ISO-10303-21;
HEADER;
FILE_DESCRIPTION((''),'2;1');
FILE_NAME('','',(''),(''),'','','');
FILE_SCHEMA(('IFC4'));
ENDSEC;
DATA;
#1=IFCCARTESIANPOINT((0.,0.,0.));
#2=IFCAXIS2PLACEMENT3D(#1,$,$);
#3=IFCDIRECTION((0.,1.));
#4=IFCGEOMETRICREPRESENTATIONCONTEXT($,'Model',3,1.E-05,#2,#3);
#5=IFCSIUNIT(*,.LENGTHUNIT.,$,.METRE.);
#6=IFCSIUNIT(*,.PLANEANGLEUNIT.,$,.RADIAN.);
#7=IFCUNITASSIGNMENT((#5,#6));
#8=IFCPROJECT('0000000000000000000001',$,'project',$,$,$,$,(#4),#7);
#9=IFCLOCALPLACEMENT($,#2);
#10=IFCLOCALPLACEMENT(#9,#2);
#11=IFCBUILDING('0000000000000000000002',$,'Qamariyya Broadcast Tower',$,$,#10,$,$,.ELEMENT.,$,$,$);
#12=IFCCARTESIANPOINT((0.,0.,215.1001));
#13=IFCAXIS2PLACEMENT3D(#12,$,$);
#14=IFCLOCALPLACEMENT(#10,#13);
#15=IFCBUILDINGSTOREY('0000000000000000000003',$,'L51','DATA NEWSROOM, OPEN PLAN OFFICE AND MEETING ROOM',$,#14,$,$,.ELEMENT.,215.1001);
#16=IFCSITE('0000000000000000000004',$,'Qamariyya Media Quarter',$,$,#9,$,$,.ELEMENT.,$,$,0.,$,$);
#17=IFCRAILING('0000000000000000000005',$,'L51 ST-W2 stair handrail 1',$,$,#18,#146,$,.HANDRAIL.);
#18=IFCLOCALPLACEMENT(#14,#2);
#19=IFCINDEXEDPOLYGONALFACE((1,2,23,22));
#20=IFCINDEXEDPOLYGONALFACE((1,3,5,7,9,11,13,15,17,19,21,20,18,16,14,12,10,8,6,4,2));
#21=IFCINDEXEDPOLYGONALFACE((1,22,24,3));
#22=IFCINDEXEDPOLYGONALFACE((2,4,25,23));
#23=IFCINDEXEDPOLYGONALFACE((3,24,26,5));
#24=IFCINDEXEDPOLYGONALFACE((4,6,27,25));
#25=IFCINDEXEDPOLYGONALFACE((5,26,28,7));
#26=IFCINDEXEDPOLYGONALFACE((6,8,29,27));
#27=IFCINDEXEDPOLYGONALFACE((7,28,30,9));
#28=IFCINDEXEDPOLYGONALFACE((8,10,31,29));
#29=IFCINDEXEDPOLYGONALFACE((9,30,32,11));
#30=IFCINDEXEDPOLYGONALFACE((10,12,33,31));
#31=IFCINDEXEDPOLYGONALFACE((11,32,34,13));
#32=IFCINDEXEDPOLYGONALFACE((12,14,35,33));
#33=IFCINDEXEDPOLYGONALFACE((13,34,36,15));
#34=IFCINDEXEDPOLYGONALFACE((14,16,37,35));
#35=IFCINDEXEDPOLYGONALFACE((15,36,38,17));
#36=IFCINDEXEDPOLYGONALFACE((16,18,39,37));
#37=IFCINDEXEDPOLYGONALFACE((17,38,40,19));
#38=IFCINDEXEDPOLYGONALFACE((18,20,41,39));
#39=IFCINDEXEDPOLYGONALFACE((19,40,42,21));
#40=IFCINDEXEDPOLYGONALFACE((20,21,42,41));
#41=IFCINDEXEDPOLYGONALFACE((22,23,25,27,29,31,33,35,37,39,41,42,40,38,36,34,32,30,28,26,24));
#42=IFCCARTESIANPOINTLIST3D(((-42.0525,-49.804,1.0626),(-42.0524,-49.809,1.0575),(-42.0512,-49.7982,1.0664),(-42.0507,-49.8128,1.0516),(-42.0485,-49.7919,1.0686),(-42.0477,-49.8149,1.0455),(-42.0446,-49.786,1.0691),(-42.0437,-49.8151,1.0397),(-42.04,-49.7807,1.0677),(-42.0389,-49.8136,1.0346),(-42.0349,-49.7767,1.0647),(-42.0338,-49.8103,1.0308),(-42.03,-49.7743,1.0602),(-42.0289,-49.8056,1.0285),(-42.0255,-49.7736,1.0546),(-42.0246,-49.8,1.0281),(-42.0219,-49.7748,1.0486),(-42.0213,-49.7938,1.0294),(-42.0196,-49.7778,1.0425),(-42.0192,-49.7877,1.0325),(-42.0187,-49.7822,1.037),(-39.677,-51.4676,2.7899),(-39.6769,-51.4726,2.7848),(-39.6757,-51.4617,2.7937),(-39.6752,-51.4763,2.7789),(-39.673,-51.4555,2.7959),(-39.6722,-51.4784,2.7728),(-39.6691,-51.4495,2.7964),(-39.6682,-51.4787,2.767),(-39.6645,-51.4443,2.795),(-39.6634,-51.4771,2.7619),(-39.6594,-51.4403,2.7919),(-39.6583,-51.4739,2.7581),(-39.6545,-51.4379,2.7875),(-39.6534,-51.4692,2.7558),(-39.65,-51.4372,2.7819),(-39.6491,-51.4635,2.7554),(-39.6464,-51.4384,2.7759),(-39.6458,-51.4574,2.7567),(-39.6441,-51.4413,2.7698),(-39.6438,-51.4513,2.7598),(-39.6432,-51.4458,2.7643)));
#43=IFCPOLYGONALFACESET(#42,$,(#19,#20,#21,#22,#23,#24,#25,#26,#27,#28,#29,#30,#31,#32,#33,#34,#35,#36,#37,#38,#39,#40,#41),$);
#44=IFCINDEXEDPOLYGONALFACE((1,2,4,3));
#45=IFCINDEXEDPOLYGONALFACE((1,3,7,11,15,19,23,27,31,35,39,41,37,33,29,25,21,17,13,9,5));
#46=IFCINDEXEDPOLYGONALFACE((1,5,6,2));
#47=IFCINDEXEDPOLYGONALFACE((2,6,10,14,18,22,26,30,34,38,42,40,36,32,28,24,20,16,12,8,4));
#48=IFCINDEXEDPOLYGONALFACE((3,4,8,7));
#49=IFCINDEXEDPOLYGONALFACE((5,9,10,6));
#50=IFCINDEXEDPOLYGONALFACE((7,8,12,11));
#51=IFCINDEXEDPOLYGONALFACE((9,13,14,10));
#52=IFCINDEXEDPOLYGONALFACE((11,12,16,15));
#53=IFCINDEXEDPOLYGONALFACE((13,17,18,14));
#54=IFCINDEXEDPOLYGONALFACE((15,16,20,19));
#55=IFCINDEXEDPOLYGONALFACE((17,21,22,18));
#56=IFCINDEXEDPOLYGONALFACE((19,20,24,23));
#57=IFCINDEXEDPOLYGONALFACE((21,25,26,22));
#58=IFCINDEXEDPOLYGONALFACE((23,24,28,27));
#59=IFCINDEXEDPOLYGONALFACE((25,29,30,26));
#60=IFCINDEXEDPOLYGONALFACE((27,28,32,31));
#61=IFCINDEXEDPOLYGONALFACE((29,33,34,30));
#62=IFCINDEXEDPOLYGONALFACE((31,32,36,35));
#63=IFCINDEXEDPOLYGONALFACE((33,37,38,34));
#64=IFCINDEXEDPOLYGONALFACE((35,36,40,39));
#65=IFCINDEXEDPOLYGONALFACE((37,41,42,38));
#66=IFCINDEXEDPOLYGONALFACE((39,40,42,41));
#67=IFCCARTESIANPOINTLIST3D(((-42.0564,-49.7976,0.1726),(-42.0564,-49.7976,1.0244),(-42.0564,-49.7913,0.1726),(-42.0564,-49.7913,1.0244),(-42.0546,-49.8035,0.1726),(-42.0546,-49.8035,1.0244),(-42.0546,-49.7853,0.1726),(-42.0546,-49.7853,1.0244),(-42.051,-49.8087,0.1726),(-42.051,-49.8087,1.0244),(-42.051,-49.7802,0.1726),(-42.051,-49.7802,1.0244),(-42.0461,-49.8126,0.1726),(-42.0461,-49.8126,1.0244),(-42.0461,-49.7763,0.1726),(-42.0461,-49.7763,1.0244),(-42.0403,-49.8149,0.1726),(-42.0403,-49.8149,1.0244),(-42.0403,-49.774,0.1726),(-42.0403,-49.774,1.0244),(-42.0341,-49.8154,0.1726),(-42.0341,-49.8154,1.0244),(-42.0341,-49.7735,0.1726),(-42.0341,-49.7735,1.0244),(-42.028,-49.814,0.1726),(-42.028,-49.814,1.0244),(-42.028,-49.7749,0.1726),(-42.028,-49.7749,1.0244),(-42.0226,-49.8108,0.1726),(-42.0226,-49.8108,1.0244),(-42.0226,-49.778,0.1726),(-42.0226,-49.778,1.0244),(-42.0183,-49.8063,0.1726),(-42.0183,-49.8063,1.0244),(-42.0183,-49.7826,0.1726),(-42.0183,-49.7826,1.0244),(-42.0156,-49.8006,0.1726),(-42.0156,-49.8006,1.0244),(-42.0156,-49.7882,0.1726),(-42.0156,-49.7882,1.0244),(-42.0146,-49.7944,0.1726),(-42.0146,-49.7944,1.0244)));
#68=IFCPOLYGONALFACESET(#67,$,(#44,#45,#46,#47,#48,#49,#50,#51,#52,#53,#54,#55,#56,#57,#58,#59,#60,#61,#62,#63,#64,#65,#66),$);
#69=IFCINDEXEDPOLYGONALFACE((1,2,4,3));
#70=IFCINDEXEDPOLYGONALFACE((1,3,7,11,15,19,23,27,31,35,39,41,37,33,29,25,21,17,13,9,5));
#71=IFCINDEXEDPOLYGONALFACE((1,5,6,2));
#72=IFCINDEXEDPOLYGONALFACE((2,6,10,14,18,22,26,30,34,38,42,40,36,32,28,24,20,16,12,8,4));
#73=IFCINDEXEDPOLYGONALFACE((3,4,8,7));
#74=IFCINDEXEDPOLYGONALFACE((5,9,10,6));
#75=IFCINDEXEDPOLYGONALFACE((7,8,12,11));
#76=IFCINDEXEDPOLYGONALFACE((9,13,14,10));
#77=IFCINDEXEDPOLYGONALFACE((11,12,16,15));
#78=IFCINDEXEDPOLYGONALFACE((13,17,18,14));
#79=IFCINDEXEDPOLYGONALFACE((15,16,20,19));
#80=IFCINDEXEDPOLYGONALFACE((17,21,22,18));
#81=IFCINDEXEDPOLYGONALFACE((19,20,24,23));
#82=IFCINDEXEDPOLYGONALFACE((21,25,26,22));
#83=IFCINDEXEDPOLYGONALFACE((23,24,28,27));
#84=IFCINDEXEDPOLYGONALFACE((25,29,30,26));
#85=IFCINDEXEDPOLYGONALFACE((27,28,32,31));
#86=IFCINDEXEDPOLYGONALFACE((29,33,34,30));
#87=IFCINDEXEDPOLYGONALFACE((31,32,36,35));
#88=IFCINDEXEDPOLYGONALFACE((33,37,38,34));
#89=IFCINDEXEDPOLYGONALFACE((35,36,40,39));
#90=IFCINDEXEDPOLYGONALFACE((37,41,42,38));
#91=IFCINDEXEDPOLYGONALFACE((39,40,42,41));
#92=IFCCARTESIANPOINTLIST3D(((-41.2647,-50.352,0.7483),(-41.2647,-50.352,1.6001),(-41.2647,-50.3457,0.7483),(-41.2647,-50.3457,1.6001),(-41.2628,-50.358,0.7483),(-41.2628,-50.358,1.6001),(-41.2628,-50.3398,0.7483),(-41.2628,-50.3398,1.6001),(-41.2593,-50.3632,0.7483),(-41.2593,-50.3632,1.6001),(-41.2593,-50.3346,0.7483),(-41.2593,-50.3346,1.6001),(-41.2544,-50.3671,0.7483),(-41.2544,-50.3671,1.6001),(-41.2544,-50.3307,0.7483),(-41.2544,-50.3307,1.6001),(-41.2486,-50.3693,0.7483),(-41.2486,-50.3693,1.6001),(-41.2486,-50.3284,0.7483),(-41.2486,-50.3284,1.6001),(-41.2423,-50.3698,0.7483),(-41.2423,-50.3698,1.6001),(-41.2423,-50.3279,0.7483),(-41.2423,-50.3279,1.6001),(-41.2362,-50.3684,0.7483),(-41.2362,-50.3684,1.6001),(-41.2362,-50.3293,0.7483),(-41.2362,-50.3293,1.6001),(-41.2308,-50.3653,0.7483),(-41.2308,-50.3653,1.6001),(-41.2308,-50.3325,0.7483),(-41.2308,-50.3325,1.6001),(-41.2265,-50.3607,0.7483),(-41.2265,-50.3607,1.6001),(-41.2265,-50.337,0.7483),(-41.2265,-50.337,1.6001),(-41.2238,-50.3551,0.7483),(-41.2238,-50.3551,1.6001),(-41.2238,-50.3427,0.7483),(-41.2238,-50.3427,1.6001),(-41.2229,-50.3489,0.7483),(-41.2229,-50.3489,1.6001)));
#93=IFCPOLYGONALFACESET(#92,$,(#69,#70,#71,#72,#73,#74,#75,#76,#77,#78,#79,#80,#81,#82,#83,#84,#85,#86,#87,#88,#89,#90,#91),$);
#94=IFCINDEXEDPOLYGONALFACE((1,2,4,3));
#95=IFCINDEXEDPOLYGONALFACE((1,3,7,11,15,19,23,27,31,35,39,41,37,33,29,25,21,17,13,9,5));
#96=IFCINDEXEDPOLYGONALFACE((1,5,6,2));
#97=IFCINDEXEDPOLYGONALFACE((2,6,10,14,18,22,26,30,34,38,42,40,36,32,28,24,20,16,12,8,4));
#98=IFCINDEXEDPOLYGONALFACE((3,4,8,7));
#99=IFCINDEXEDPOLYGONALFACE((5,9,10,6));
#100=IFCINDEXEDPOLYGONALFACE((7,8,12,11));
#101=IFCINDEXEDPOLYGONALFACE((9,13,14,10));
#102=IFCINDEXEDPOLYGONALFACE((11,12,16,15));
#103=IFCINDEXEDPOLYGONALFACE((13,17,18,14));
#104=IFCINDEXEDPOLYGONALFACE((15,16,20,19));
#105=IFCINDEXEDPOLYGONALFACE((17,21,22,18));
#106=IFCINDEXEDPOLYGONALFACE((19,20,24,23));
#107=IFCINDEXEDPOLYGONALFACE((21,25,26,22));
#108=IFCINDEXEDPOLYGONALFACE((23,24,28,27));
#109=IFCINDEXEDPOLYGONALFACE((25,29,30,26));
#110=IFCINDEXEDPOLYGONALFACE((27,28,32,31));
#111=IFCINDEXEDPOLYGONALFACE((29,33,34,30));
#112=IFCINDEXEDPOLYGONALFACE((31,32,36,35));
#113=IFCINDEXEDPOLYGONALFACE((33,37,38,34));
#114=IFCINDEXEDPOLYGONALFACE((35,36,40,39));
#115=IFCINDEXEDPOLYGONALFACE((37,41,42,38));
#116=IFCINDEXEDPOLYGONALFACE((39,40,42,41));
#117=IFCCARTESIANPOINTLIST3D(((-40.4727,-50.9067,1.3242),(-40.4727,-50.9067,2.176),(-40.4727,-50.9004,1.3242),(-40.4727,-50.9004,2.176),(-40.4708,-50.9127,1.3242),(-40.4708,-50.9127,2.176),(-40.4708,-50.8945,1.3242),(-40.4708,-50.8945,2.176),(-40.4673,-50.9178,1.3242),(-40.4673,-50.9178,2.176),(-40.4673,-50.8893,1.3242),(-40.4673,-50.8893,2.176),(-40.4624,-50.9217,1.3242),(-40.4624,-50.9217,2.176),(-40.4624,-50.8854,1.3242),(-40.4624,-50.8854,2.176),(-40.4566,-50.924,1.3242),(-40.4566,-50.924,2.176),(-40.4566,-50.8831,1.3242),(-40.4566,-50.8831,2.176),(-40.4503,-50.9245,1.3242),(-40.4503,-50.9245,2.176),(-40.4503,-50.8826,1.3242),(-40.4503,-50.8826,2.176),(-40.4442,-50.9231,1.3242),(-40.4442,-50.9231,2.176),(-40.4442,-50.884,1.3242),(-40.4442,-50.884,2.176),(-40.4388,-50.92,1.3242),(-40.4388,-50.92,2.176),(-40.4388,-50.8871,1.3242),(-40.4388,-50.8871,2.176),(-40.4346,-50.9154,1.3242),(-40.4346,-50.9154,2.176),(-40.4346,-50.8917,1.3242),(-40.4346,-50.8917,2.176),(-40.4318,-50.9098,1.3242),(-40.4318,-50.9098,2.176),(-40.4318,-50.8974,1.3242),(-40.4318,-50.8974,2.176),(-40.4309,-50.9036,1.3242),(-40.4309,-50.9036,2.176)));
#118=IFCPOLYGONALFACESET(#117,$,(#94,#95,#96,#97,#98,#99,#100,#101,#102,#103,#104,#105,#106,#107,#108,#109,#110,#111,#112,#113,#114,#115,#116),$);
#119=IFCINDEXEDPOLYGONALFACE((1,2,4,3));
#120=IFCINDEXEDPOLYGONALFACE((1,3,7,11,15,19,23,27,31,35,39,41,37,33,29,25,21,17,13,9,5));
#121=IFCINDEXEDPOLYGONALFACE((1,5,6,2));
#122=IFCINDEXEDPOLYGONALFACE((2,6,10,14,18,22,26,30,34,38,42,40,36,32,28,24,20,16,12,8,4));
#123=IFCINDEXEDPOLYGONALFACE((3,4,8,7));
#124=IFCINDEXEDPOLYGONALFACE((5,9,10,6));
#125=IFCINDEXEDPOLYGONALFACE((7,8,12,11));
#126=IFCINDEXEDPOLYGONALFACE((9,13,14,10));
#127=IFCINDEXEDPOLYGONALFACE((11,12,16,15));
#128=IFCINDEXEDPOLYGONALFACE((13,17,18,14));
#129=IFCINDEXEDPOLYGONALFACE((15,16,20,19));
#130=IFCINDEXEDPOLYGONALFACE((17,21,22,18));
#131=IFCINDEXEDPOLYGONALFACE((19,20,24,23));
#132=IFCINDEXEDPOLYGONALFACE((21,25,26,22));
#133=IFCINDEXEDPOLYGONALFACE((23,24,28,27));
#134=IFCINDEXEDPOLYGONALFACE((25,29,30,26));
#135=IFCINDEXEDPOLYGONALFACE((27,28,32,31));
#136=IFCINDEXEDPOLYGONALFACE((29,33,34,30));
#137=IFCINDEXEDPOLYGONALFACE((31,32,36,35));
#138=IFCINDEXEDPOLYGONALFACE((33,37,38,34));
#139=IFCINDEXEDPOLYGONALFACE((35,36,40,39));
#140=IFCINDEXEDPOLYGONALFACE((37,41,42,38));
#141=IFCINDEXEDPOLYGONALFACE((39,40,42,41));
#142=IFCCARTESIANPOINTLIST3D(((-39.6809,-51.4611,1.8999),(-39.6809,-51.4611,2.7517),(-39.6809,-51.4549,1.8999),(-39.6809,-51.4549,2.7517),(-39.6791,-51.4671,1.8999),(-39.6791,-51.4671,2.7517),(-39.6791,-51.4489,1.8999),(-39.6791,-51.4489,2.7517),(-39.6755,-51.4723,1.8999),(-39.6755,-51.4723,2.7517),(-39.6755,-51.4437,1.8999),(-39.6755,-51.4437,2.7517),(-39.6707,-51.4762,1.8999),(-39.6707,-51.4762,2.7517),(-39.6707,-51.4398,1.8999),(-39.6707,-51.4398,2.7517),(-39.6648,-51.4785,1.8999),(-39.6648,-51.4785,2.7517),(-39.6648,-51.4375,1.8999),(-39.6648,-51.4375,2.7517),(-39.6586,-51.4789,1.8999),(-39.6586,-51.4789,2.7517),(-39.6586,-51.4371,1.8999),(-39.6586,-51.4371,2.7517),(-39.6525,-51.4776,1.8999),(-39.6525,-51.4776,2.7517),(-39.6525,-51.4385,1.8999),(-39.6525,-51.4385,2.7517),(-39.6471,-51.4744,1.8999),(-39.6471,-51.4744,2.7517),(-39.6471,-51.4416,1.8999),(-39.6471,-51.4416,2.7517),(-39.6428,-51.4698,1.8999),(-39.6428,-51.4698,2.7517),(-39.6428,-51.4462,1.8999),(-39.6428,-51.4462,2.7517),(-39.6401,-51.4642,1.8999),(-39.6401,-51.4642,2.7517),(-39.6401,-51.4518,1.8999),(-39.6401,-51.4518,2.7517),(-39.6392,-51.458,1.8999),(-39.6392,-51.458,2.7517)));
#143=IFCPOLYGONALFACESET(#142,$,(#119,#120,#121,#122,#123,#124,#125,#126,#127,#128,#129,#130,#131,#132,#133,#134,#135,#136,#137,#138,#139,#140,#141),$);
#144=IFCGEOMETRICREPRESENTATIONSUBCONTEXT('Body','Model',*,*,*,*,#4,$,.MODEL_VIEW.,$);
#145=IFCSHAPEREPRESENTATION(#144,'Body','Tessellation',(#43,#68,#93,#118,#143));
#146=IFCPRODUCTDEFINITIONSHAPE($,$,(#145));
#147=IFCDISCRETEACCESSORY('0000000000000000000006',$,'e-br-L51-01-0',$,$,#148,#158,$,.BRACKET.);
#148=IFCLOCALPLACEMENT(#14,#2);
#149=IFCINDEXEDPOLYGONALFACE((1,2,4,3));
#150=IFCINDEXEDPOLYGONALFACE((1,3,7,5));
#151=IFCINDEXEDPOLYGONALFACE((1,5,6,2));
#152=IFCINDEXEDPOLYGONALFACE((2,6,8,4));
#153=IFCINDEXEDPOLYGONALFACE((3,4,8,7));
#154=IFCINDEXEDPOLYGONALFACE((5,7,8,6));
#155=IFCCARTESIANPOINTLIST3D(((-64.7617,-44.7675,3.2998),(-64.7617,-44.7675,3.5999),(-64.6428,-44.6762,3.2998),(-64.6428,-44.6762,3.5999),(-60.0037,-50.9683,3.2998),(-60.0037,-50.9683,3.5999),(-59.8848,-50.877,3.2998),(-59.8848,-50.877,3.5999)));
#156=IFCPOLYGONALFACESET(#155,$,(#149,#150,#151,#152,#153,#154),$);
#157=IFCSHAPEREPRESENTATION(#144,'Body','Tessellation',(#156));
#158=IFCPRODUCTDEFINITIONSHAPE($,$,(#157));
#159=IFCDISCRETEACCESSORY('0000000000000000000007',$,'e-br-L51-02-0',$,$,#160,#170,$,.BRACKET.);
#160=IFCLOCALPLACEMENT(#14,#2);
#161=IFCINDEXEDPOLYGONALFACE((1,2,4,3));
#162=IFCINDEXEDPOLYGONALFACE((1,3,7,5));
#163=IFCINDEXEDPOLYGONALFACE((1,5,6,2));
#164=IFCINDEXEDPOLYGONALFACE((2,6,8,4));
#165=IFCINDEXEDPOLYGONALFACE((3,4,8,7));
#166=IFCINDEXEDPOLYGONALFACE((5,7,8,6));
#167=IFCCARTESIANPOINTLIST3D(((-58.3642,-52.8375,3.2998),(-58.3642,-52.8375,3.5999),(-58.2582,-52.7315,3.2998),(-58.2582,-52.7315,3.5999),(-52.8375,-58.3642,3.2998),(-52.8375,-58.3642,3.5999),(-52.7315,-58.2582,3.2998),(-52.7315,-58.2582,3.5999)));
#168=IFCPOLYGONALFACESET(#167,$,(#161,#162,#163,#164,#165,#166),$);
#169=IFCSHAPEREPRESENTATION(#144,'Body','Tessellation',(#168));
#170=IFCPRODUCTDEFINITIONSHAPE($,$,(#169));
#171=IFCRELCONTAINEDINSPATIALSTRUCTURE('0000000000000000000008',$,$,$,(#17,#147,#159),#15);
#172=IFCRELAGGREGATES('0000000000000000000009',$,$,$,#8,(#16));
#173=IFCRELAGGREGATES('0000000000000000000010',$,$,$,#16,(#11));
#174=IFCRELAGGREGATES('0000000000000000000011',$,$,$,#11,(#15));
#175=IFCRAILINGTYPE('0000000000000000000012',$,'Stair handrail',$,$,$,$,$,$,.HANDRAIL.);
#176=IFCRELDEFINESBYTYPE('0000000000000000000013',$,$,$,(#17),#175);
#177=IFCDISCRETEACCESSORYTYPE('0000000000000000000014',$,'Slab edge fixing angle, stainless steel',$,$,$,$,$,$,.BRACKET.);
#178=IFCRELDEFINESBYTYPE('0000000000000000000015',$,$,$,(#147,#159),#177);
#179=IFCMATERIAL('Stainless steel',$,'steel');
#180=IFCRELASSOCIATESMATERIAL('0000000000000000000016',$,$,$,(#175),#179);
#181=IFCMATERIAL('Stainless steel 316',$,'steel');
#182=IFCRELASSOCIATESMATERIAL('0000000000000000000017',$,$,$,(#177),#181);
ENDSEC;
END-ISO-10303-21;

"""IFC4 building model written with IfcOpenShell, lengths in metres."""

from ifc_helpers import new_model, si_unit, direction, frame, origin, origin_2d, place, context, subcontext, project, spatial, rectangle, circle, extrude, material, type_object, element, save


model = new_model("IFC4")

# Units and contexts
model_context = context("Model", 3, precision=1e-05, world=origin(), true_north=direction((0.0, 1.0)))
body_context = subcontext(model_context, "Body", "Model", "MODEL_VIEW")
ifc_project = project(units=[si_unit("LENGTHUNIT", "METRE"), si_unit("PLANEANGLEUNIT", "RADIAN")], contexts=[model_context])

# Site, building, storey
site_placement = place(None, origin())
site = spatial("IfcSite", under=ifc_project, at=site_placement, Name="Qamariyya Media Quarter", CompositionType="ELEMENT", RefElevation=0.0)
building_placement = place(site_placement, origin())
building = spatial("IfcBuilding", under=site, at=building_placement, Name="Qamariyya Broadcast Tower", CompositionType="ELEMENT")
storey_placement = place(building_placement, frame((0.0, 0.0, 215.1001)))
storey = spatial("IfcBuildingStorey", under=building, at=storey_placement, Name="L51", Description="DATA NEWSROOM, OPEN PLAN OFFICE AND MEETING ROOM", CompositionType="ELEMENT", Elevation=215.1001)

# Railing
ifc_material_1 = material(Name="Stainless steel", Category="steel")
railing_type_1 = type_object("IfcRailingType", Name="Stair handrail", PredefinedType="HANDRAIL", material=ifc_material_1)
railing_1_placement = place(storey_placement, frame((-42.0356, -49.7944, 0.1726)))
element("IfcRailing", 1, at=railing_1_placement, inside=storey, type_object=railing_type_1, Name="L51 ST-W2 stair handrail 1", PredefinedType="HANDRAIL", context=body_context, shape_type="SweptSolid", body=[
    extrude(circle(Radius=0.0239, at=origin_2d()), frame((0.0, 0.0, 0.876), z_axis=(0.703745, -0.492838, 0.511716), x_axis=(0.573632, 0.819113, 0.0)), (0.0, 0.0, 1.0), 3.3755),
    extrude(circle(Radius=0.021, at=origin_2d()), origin(), (0.0, 0.0, 1.0), 0.8518),
    extrude(circle(Radius=0.021, at=origin_2d()), frame((0.7917, -0.5544, 0.5757)), (0.0, 0.0, 1.0), 0.8518),
    extrude(circle(Radius=0.021, at=origin_2d()), frame((1.5837, -1.1091, 1.1516)), (0.0, 0.0, 1.0), 0.8518),
    extrude(circle(Radius=0.021, at=origin_2d()), frame((2.3755, -1.6636, 1.7273)), (0.0, 0.0, 1.0), 0.8518),
])

# Discrete accessories
ifc_material_2 = material(Name="Stainless steel 316", Category="steel")
discrete_accessory_type = type_object("IfcDiscreteAccessoryType", Name="Slab edge fixing angle, stainless steel", PredefinedType="BRACKET", material=ifc_material_2)
for number, where, z_axis, x_axis, name in (
    (2, (-62.3232, -47.8223, 3.2998), (0.0, 0.0, 1.0), (0.608761, -0.793353, 0.0), "e-br-L51-01-0"),
    (3, (-55.5479, -55.5479, 3.2998), (0.0, 0.0, 1.0), (0.707107, -0.707107, 0.0), "e-br-L51-02-0"),
):
    element("IfcDiscreteAccessory", number, at=place(storey_placement, frame(where, z_axis=z_axis, x_axis=x_axis)), inside=storey, type_object=discrete_accessory_type, Name=name, PredefinedType="BRACKET", context=body_context, shape_type="SweptSolid", body=[
        extrude(rectangle(XDim=7.8159, YDim=0.1499, at=origin_2d()), origin(), (0.0, 0.0, 1.0), 0.3),
    ])

save(model, "model.ifc")
